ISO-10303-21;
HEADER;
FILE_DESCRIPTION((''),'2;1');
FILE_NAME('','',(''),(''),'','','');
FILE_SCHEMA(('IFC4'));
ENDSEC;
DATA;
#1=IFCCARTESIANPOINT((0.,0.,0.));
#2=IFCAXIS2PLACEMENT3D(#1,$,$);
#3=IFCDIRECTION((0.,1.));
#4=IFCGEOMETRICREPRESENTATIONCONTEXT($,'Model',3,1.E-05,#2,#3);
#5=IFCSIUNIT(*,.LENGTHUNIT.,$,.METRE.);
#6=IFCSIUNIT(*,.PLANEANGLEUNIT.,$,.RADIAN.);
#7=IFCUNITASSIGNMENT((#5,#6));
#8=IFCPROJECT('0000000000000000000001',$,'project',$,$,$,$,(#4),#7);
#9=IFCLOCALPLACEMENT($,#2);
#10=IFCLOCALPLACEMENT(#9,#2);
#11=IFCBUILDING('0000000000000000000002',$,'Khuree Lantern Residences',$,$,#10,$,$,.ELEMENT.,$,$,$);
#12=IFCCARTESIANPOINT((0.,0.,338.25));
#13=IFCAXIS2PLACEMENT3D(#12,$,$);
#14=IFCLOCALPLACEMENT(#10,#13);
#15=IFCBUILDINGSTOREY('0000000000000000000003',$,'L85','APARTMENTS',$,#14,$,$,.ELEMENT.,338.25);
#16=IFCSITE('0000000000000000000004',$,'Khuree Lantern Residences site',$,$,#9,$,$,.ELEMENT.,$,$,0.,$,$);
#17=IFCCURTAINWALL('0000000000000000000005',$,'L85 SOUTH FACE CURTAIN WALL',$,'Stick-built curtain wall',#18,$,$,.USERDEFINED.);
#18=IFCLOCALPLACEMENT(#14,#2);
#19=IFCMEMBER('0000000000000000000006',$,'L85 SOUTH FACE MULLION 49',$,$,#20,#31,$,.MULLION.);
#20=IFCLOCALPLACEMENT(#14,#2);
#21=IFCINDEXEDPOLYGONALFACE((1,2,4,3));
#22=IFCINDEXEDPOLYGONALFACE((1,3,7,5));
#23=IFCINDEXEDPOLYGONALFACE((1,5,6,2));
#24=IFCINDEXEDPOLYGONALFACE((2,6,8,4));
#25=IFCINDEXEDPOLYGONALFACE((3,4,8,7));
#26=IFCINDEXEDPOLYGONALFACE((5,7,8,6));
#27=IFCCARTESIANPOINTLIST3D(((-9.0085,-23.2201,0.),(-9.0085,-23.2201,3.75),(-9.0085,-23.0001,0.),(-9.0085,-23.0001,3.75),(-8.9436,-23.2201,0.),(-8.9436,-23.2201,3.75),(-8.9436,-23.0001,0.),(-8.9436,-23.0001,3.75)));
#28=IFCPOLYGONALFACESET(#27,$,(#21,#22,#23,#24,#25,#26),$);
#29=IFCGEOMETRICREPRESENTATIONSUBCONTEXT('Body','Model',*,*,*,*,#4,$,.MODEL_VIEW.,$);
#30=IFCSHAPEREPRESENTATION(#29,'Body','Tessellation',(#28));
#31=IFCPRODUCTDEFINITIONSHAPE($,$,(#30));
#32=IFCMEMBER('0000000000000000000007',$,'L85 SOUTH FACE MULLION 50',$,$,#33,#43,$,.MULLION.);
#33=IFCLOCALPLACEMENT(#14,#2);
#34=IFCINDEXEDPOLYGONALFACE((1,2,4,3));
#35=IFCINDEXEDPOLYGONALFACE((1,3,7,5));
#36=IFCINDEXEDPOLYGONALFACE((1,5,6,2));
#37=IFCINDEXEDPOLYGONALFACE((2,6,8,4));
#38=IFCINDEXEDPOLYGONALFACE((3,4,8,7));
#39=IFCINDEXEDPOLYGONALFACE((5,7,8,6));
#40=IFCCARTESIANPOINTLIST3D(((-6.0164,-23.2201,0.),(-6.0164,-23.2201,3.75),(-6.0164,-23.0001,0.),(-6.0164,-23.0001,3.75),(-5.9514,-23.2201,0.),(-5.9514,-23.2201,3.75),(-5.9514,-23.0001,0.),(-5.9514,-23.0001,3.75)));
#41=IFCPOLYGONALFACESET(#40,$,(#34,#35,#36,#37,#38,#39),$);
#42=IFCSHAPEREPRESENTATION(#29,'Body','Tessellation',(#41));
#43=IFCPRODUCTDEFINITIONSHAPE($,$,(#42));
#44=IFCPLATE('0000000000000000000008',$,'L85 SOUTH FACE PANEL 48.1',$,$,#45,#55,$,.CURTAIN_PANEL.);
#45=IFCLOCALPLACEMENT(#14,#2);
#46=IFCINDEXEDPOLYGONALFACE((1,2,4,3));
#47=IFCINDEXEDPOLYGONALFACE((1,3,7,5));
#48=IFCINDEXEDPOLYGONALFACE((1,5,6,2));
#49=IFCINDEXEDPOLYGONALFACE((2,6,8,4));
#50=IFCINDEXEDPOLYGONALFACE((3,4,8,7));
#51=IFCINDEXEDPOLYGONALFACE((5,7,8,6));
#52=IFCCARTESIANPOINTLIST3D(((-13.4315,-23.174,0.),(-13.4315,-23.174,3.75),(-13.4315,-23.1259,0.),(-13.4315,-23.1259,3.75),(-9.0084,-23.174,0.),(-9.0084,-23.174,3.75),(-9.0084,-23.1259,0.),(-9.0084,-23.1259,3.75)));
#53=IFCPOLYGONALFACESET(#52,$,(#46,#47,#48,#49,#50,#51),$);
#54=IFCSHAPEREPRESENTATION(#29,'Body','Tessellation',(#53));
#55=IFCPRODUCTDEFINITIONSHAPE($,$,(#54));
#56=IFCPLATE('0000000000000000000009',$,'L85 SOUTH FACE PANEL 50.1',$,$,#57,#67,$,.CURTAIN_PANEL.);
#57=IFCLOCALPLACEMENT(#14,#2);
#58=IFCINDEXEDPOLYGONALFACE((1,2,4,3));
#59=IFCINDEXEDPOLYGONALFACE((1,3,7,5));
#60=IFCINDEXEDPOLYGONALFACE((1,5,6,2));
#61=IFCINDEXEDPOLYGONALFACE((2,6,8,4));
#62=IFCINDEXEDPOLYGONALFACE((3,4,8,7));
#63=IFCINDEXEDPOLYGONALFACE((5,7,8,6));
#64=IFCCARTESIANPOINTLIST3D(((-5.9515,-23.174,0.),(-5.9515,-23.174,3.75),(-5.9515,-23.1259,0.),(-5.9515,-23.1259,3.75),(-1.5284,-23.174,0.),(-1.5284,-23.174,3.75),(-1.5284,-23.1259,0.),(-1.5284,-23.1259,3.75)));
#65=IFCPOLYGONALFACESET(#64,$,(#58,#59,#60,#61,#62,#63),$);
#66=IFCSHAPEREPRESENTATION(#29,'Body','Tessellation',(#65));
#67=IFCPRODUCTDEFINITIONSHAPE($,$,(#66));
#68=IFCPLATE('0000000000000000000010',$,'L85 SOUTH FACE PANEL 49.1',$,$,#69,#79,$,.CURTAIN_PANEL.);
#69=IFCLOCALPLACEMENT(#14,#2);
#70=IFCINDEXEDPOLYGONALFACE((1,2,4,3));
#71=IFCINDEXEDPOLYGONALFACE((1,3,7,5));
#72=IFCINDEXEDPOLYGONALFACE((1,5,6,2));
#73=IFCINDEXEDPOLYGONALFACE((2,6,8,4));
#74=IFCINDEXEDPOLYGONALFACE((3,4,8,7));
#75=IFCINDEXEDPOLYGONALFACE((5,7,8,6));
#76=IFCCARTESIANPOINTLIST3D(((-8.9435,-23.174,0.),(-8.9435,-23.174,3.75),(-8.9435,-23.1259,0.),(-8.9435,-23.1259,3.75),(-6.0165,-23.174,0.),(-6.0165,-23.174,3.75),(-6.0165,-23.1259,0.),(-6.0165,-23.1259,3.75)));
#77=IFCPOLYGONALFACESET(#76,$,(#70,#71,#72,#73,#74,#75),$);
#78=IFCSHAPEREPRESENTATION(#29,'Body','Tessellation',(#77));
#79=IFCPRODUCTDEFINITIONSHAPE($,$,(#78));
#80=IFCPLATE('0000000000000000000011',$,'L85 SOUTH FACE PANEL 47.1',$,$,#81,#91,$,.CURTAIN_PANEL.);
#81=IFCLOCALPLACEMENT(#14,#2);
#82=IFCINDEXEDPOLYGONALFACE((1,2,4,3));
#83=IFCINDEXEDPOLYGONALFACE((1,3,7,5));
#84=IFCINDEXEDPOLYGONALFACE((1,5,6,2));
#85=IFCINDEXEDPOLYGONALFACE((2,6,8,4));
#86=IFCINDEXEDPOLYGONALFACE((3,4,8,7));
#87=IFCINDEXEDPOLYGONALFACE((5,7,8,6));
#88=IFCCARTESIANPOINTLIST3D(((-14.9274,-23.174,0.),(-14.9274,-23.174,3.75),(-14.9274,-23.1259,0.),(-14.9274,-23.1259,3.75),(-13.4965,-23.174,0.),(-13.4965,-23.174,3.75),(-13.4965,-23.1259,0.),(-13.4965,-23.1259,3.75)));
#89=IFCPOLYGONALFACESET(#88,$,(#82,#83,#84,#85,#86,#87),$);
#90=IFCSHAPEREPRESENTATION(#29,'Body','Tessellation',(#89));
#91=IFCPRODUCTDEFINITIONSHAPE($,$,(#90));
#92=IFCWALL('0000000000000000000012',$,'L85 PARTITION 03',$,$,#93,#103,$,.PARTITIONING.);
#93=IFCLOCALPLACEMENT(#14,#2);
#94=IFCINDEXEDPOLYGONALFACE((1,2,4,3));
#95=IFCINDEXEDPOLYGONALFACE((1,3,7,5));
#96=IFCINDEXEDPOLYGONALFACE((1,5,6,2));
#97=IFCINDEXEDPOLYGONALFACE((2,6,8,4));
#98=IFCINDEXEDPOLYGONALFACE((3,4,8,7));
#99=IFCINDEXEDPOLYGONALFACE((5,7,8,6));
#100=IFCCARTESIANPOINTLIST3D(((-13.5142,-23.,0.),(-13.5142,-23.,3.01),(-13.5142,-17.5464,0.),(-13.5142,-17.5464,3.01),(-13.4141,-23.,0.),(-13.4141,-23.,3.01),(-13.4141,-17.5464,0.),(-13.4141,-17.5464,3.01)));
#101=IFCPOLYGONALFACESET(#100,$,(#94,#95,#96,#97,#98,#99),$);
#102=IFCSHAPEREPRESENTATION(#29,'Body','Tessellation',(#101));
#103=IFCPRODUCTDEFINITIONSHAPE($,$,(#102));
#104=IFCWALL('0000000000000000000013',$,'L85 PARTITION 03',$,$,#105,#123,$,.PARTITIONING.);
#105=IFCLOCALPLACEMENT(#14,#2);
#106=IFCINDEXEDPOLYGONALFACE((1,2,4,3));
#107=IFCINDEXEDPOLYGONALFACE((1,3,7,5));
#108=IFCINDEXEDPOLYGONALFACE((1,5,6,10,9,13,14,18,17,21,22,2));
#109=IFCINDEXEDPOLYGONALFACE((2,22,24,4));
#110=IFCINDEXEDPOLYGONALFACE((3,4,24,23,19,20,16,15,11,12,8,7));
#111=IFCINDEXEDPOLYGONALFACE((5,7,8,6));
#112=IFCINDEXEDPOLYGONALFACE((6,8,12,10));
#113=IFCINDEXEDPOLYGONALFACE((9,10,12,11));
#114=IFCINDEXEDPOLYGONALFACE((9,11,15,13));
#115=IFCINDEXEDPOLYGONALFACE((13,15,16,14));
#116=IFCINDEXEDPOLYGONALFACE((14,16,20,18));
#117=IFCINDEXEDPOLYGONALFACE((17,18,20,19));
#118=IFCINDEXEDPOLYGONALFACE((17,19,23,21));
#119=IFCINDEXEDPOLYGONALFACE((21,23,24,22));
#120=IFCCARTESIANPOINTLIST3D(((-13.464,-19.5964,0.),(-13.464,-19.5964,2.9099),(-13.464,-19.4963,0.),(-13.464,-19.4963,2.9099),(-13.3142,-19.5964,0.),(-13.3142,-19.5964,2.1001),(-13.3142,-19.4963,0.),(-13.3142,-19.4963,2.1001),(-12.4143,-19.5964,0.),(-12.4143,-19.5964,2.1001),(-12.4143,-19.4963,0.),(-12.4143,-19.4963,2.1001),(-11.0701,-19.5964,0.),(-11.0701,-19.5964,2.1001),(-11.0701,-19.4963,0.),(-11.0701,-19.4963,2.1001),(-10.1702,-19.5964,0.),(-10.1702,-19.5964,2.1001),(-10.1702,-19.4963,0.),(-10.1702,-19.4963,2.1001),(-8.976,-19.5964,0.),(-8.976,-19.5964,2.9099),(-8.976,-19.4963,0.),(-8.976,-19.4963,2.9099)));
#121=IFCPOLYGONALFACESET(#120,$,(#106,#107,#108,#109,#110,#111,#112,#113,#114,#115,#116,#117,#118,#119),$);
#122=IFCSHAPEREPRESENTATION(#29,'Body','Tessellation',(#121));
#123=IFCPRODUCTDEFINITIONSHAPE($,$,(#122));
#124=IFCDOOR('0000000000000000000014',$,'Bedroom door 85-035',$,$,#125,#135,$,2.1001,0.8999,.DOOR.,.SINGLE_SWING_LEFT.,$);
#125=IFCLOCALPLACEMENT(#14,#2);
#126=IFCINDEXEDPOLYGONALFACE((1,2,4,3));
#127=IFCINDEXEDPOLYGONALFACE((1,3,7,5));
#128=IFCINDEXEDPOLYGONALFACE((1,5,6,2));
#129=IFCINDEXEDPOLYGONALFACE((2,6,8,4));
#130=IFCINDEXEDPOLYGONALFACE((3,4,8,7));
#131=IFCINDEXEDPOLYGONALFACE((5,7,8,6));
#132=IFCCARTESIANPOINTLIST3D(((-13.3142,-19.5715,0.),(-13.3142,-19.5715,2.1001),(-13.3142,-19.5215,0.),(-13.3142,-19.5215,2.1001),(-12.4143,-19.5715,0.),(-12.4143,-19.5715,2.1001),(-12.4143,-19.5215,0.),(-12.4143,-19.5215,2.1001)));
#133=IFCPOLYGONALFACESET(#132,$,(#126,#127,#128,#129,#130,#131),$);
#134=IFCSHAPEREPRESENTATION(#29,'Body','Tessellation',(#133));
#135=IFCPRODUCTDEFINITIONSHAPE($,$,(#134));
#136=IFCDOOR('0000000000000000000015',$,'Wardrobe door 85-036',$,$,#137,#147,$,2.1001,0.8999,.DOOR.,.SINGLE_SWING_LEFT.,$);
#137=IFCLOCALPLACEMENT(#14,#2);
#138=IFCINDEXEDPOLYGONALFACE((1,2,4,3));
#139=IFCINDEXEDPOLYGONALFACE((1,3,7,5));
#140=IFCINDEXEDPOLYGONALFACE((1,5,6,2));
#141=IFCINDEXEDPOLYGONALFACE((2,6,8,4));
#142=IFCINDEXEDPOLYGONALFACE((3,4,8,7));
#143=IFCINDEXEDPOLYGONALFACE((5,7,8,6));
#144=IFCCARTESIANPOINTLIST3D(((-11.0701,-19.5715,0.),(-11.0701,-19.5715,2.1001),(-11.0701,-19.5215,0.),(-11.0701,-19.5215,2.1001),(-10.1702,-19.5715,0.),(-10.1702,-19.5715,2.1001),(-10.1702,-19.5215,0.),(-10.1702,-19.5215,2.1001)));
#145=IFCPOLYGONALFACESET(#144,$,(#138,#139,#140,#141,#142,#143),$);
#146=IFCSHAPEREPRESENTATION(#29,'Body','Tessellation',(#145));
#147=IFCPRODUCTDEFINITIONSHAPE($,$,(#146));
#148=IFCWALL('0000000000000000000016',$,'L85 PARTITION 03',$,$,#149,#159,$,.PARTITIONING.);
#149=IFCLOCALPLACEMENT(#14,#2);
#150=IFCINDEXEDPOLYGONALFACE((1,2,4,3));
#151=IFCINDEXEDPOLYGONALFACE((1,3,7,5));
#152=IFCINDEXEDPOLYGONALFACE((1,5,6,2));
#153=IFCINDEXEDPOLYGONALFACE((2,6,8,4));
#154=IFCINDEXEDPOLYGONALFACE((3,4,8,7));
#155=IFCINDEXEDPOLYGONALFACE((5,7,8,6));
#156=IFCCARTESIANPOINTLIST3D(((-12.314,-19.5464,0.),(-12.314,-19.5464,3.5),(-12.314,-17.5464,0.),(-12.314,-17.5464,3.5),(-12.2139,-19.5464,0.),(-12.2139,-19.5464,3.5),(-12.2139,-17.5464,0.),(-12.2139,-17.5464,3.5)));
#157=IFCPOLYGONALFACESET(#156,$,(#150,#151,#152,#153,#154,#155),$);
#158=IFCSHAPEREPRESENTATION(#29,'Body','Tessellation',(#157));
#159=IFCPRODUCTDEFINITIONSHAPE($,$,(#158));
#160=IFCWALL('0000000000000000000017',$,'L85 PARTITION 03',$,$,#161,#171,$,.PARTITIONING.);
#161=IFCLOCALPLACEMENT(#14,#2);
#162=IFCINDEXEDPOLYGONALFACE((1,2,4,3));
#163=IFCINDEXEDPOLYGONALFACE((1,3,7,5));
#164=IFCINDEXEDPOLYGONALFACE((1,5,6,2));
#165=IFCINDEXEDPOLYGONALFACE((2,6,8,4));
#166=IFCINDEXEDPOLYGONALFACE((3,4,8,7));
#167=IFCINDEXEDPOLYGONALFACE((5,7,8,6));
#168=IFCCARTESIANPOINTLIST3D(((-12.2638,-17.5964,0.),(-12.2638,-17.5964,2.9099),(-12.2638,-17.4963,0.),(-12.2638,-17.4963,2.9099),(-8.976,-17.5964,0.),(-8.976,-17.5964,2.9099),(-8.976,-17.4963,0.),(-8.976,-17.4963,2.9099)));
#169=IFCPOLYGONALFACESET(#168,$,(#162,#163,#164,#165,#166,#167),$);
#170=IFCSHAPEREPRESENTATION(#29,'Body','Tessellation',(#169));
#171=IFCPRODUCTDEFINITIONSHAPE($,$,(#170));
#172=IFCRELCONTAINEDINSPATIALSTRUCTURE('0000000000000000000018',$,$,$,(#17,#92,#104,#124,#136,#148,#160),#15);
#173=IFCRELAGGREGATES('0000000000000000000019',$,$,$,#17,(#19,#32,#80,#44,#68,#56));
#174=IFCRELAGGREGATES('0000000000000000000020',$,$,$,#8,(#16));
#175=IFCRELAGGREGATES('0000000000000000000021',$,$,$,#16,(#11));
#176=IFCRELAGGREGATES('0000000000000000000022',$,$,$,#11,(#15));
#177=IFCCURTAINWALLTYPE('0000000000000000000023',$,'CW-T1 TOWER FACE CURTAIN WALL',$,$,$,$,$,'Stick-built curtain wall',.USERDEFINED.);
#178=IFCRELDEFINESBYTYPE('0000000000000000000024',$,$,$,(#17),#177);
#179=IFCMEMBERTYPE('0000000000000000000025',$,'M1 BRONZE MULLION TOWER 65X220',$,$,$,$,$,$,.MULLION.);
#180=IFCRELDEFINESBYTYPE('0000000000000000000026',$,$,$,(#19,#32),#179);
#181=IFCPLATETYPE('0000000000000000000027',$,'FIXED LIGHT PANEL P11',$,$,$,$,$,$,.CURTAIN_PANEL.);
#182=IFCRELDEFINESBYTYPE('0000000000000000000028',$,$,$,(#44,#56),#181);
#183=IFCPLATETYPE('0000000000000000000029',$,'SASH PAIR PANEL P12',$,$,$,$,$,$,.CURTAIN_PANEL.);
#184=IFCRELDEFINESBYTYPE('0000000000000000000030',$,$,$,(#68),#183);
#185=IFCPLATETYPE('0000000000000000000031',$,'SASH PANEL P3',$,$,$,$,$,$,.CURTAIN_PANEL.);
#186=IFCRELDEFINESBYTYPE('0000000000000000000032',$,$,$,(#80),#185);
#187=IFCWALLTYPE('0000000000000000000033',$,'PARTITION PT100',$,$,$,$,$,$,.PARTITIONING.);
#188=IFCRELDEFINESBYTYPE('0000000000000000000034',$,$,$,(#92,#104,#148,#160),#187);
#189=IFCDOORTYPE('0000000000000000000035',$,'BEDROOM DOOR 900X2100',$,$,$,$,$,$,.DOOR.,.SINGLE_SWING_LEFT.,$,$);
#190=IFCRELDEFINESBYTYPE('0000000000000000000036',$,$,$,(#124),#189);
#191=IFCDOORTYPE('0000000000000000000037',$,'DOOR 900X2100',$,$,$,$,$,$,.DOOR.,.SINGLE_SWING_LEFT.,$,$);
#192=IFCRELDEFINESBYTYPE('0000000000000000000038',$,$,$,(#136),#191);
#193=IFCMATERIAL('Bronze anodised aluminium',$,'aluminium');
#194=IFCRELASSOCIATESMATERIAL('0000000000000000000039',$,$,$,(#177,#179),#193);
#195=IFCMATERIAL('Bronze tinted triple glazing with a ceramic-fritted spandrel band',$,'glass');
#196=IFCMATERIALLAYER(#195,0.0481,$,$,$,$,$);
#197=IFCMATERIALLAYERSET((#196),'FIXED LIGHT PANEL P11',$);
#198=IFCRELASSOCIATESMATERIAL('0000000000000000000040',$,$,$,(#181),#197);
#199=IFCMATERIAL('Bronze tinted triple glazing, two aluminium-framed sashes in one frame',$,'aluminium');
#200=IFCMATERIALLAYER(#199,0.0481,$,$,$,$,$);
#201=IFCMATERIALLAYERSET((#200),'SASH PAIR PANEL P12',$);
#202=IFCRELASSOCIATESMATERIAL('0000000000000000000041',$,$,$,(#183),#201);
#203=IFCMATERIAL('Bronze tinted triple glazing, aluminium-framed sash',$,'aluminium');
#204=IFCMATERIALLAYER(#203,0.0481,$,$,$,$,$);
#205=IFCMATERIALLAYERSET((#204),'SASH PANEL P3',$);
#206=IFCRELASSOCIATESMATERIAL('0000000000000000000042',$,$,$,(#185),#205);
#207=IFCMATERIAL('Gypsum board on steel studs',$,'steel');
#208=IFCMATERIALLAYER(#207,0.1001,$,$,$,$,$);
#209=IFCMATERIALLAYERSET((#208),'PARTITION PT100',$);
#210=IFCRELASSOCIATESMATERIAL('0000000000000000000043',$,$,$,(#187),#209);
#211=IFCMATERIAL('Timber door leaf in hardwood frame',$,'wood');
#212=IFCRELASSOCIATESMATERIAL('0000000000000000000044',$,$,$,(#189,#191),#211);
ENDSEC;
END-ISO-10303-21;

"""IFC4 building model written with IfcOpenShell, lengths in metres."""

from ifc_helpers import new_model, si_unit, direction, frame, frame_2d, origin, origin_2d, place, context, subcontext, project, spatial, rectangle, extrude, material, layer, layer_set, material_profile, profile_set, type_object, element, fill, aggregate, save


model = new_model("IFC4")

# Units and contexts
model_context = context("Model", 3, precision=1e-05, world=origin(), true_north=direction((0.0, 1.0)))
body_context = subcontext(model_context, "Body", "Model", "MODEL_VIEW")
ifc_project = project(units=[si_unit("LENGTHUNIT", "METRE"), si_unit("PLANEANGLEUNIT", "RADIAN")], contexts=[model_context])

# Site, building, storey
site_placement = place(None, origin())
site = spatial("IfcSite", under=ifc_project, at=site_placement, Name="Khuree Lantern Residences site", CompositionType="ELEMENT", RefElevation=0.0)
building_placement = place(site_placement, origin())
building = spatial("IfcBuilding", under=site, at=building_placement, Name="Khuree Lantern Residences", CompositionType="ELEMENT")
storey_placement = place(building_placement, frame((0.0, 0.0, 338.25)))
storey = spatial("IfcBuildingStorey", under=building, at=storey_placement, Name="L85", Description="APARTMENTS", CompositionType="ELEMENT", Elevation=338.25)

# Curtain wall
ifc_material_1 = material(Name="Bronze anodised aluminium", Category="aluminium")
curtain_wall_type = type_object("IfcCurtainWallType", Name="CW-T1 TOWER FACE CURTAIN WALL", ElementType="Stick-built curtain wall", PredefinedType="USERDEFINED", material=ifc_material_1)
curtain_wall_placement = place(storey_placement, origin())
curtain_wall = element("IfcCurtainWall", 1, at=curtain_wall_placement, inside=storey, type_object=curtain_wall_type, Name="L85 SOUTH FACE CURTAIN WALL", ObjectType="Stick-built curtain wall", PredefinedType="USERDEFINED")

# Members
ifc_material_profile_1 = material_profile(ifc_material_1, rectangle(XDim=0.0649, YDim=0.22, at=origin_2d()), Name="M1 65X220")
ifc_profile_set_1 = profile_set([ifc_material_profile_1], Name="Bronze anodised aluminium")
member_type_1 = type_object("IfcMemberType", Name="M1 BRONZE MULLION TOWER 65X220", PredefinedType="MULLION", material=ifc_profile_set_1)
member_1_placement = place(storey_placement, frame((-8.9761, -23.1101, 0.0), z_axis=(0.0, 0.0, 1.0), x_axis=(1.0, 0.0, 0.0)))
member_1 = element("IfcMember", 2, at=member_1_placement, type_object=member_type_1, Name="L85 SOUTH FACE MULLION 49", PredefinedType="MULLION", context=body_context, shape_type="SweptSolid", body=[
    extrude(rectangle(XDim=0.0649, YDim=0.22, at=origin_2d()), origin(), (0.0, 0.0, 1.0), 3.75),
])
member_2_placement = place(storey_placement, frame((-5.9839, -23.1101, 0.0), z_axis=(0.0, 0.0, 1.0), x_axis=(1.0, 0.0, 0.0)))
member_2 = element("IfcMember", 3, at=member_2_placement, type_object=member_type_1, Name="L85 SOUTH FACE MULLION 50", PredefinedType="MULLION", context=body_context, shape_type="SweptSolid", body=[
    extrude(rectangle(XDim=0.0649, YDim=0.22, at=origin_2d()), origin(), (0.0, 0.0, 1.0), 3.75),
])

# Plates
ifc_material_2 = material(Name="Bronze tinted triple glazing with a ceramic-fritted spandrel band", Category="glass")
ifc_layer_1 = layer(ifc_material_2, 0.0481)
ifc_layer_set_1 = layer_set([ifc_layer_1], Name="FIXED LIGHT PANEL P11")
plate_type_1 = type_object("IfcPlateType", Name="FIXED LIGHT PANEL P11", PredefinedType="CURTAIN_PANEL", material=ifc_layer_set_1)
plate_1_placement = place(storey_placement, frame((-11.22, -23.1499, 0.0), z_axis=(0.0, 0.0, 1.0), x_axis=(1.0, 0.0, 0.0)))
plate_1 = element("IfcPlate", 4, at=plate_1_placement, type_object=plate_type_1, Name="L85 SOUTH FACE PANEL 48.1", PredefinedType="CURTAIN_PANEL", context=body_context, shape_type="SweptSolid", body=[
    extrude(rectangle(XDim=4.4231, YDim=0.0481, at=origin_2d()), origin(), (0.0, 0.0, 1.0), 3.75),
])
plate_2_placement = place(storey_placement, frame((-3.74, -23.1499, 0.0), z_axis=(0.0, 0.0, 1.0), x_axis=(1.0, 0.0, 0.0)))
plate_2 = element("IfcPlate", 5, at=plate_2_placement, type_object=plate_type_1, Name="L85 SOUTH FACE PANEL 50.1", PredefinedType="CURTAIN_PANEL", context=body_context, shape_type="SweptSolid", body=[
    extrude(rectangle(XDim=4.4231, YDim=0.0481, at=origin_2d()), origin(), (0.0, 0.0, 1.0), 3.75),
])
ifc_material_3 = material(Name="Bronze tinted triple glazing, two aluminium-framed sashes in one frame", Category="aluminium")
ifc_layer_2 = layer(ifc_material_3, 0.0481)
ifc_layer_set_2 = layer_set([ifc_layer_2], Name="SASH PAIR PANEL P12")
plate_type_2 = type_object("IfcPlateType", Name="SASH PAIR PANEL P12", PredefinedType="CURTAIN_PANEL", material=ifc_layer_set_2)
plate_3_placement = place(storey_placement, frame((-7.48, -23.1499, 0.0), z_axis=(0.0, 0.0, 1.0), x_axis=(1.0, 0.0, 0.0)))
plate_3 = element("IfcPlate", 6, at=plate_3_placement, type_object=plate_type_2, Name="L85 SOUTH FACE PANEL 49.1", PredefinedType="CURTAIN_PANEL", context=body_context, shape_type="SweptSolid", body=[
    extrude(rectangle(XDim=2.927, YDim=0.0481, at=origin_2d()), origin(), (0.0, 0.0, 1.0), 3.75),
])
ifc_material_4 = material(Name="Bronze tinted triple glazing, aluminium-framed sash", Category="aluminium")
ifc_layer_3 = layer(ifc_material_4, 0.0481)
ifc_layer_set_3 = layer_set([ifc_layer_3], Name="SASH PANEL P3")
plate_type_3 = type_object("IfcPlateType", Name="SASH PANEL P3", PredefinedType="CURTAIN_PANEL", material=ifc_layer_set_3)
plate_4_placement = place(storey_placement, frame((-14.2119, -23.1499, 0.0), z_axis=(0.0, 0.0, 1.0), x_axis=(1.0, 0.0, 0.0)))
plate_4 = element("IfcPlate", 7, at=plate_4_placement, type_object=plate_type_3, Name="L85 SOUTH FACE PANEL 47.1", PredefinedType="CURTAIN_PANEL", context=body_context, shape_type="SweptSolid", body=[
    extrude(rectangle(XDim=1.4309, YDim=0.0481, at=origin_2d()), origin(), (0.0, 0.0, 1.0), 3.75),
])
aggregate(curtain_wall, [member_1, member_2, plate_4, plate_1, plate_3, plate_2])

# Wall
ifc_material_5 = material(Name="Gypsum board on steel studs", Category="steel")
ifc_layer_4 = layer(ifc_material_5, 0.1001)
ifc_layer_set_4 = layer_set([ifc_layer_4], Name="PARTITION PT100")
wall_type = type_object("IfcWallType", Name="PARTITION PT100", PredefinedType="PARTITIONING", material=ifc_layer_set_4)
wall_1_placement = place(storey_placement, frame((-13.4641, -17.5464, 0.0), z_axis=(0.0, 0.0, 1.0), x_axis=(0.0, -1.0, 0.0)))
element("IfcWall", 8, at=wall_1_placement, inside=storey, type_object=wall_type, Name="L85 PARTITION 03", PredefinedType="PARTITIONING", context=body_context, shape_type="SweptSolid", body=[
    extrude(rectangle(XDim=5.4536, YDim=0.1001, at=frame_2d((2.7268, 0.0))), origin(), (0.0, 0.0, 1.0), 3.01),
])

# Wall, openings, doors
wall_2_placement = place(storey_placement, frame((-13.4641, -19.5464, 0.0), z_axis=(0.0, 0.0, 1.0), x_axis=(1.0, 0.0, 0.0)))
wall_2 = element("IfcWall", 9, at=wall_2_placement, inside=storey, type_object=wall_type, Name="L85 PARTITION 03", PredefinedType="PARTITIONING", context=body_context, shape_type="SweptSolid", body=[
    extrude(rectangle(XDim=4.488, YDim=0.1001, at=frame_2d((2.2441, 0.0))), origin(), (0.0, 0.0, 1.0), 2.9099),
])
opening_1_placement = place(wall_2_placement, frame((0.1499, 0.0, 0.0)))
opening_1 = element("IfcOpeningElement", 10, at=opening_1_placement, cuts=wall_2, PredefinedType="OPENING", context=body_context, shape_type="SweptSolid", body=[
    extrude(rectangle(XDim=0.8999, YDim=2.1001, at=frame_2d((0.45, 1.05))), frame((0.0, 0.0601, 0.0), z_axis=(0.0, -1.0, 0.0), x_axis=(1.0, 0.0, 0.0)), (0.0, 0.0, 1.0), 0.1201),
])
opening_2_placement = place(wall_2_placement, frame((2.394, 0.0, 0.0)))
opening_2 = element("IfcOpeningElement", 11, at=opening_2_placement, cuts=wall_2, PredefinedType="OPENING", context=body_context, shape_type="SweptSolid", body=[
    extrude(rectangle(XDim=0.8999, YDim=2.1001, at=frame_2d((0.45, 1.05))), frame((0.0, 0.0601, 0.0), z_axis=(0.0, -1.0, 0.0), x_axis=(1.0, 0.0, 0.0)), (0.0, 0.0, 1.0), 0.1201),
])
ifc_material_6 = material(Name="Timber door leaf in hardwood frame", Category="wood")
door_type_1 = type_object("IfcDoorType", Name="BEDROOM DOOR 900X2100", OperationType="SINGLE_SWING_LEFT", PredefinedType="DOOR", material=ifc_material_6)
door_1_placement = place(opening_1_placement, origin())
door_1 = element("IfcDoor", 12, at=door_1_placement, inside=storey, type_object=door_type_1, Name="Bedroom door 85-035", OperationType="SINGLE_SWING_LEFT", OverallHeight=2.1001, OverallWidth=0.8999, PredefinedType="DOOR", context=body_context, shape_type="SweptSolid", body=[
    extrude(rectangle(XDim=0.8999, YDim=2.1001, at=frame_2d((0.45, 1.05))), frame((0.0, 0.0249, 0.0), z_axis=(0.0, -1.0, 0.0), x_axis=(1.0, 0.0, 0.0)), (0.0, 0.0, 1.0), 0.05),
])
fill(opening_1, door_1)
door_type_2 = type_object("IfcDoorType", Name="DOOR 900X2100", OperationType="SINGLE_SWING_LEFT", PredefinedType="DOOR", material=ifc_material_6)
door_2_placement = place(opening_2_placement, origin())
door_2 = element("IfcDoor", 13, at=door_2_placement, inside=storey, type_object=door_type_2, Name="Wardrobe door 85-036", OperationType="SINGLE_SWING_LEFT", OverallHeight=2.1001, OverallWidth=0.8999, PredefinedType="DOOR", context=body_context, shape_type="SweptSolid", body=[
    extrude(rectangle(XDim=0.8999, YDim=2.1001, at=frame_2d((0.45, 1.05))), frame((0.0, 0.0249, 0.0), z_axis=(0.0, -1.0, 0.0), x_axis=(1.0, 0.0, 0.0)), (0.0, 0.0, 1.0), 0.05),
])
fill(opening_2, door_2)

# Walls
wall_3_placement = place(storey_placement, frame((-12.2639, -17.5464, 0.0), z_axis=(0.0, 0.0, 1.0), x_axis=(0.0, -1.0, 0.0)))
element("IfcWall", 14, at=wall_3_placement, inside=storey, type_object=wall_type, Name="L85 PARTITION 03", PredefinedType="PARTITIONING", context=body_context, shape_type="SweptSolid", body=[
    extrude(rectangle(XDim=2.0, YDim=0.1001, at=frame_2d((1.0, 0.0))), origin(), (0.0, 0.0, 1.0), 3.5),
])
wall_4_placement = place(storey_placement, frame((-12.2639, -17.5464, 0.0), z_axis=(0.0, 0.0, 1.0), x_axis=(1.0, 0.0, 0.0)))
element("IfcWall", 15, at=wall_4_placement, inside=storey, type_object=wall_type, Name="L85 PARTITION 03", PredefinedType="PARTITIONING", context=body_context, shape_type="SweptSolid", body=[
    extrude(rectangle(XDim=3.2878, YDim=0.1001, at=frame_2d((1.644, 0.0))), origin(), (0.0, 0.0, 1.0), 2.9099),
])

save(model, "model.ifc")
